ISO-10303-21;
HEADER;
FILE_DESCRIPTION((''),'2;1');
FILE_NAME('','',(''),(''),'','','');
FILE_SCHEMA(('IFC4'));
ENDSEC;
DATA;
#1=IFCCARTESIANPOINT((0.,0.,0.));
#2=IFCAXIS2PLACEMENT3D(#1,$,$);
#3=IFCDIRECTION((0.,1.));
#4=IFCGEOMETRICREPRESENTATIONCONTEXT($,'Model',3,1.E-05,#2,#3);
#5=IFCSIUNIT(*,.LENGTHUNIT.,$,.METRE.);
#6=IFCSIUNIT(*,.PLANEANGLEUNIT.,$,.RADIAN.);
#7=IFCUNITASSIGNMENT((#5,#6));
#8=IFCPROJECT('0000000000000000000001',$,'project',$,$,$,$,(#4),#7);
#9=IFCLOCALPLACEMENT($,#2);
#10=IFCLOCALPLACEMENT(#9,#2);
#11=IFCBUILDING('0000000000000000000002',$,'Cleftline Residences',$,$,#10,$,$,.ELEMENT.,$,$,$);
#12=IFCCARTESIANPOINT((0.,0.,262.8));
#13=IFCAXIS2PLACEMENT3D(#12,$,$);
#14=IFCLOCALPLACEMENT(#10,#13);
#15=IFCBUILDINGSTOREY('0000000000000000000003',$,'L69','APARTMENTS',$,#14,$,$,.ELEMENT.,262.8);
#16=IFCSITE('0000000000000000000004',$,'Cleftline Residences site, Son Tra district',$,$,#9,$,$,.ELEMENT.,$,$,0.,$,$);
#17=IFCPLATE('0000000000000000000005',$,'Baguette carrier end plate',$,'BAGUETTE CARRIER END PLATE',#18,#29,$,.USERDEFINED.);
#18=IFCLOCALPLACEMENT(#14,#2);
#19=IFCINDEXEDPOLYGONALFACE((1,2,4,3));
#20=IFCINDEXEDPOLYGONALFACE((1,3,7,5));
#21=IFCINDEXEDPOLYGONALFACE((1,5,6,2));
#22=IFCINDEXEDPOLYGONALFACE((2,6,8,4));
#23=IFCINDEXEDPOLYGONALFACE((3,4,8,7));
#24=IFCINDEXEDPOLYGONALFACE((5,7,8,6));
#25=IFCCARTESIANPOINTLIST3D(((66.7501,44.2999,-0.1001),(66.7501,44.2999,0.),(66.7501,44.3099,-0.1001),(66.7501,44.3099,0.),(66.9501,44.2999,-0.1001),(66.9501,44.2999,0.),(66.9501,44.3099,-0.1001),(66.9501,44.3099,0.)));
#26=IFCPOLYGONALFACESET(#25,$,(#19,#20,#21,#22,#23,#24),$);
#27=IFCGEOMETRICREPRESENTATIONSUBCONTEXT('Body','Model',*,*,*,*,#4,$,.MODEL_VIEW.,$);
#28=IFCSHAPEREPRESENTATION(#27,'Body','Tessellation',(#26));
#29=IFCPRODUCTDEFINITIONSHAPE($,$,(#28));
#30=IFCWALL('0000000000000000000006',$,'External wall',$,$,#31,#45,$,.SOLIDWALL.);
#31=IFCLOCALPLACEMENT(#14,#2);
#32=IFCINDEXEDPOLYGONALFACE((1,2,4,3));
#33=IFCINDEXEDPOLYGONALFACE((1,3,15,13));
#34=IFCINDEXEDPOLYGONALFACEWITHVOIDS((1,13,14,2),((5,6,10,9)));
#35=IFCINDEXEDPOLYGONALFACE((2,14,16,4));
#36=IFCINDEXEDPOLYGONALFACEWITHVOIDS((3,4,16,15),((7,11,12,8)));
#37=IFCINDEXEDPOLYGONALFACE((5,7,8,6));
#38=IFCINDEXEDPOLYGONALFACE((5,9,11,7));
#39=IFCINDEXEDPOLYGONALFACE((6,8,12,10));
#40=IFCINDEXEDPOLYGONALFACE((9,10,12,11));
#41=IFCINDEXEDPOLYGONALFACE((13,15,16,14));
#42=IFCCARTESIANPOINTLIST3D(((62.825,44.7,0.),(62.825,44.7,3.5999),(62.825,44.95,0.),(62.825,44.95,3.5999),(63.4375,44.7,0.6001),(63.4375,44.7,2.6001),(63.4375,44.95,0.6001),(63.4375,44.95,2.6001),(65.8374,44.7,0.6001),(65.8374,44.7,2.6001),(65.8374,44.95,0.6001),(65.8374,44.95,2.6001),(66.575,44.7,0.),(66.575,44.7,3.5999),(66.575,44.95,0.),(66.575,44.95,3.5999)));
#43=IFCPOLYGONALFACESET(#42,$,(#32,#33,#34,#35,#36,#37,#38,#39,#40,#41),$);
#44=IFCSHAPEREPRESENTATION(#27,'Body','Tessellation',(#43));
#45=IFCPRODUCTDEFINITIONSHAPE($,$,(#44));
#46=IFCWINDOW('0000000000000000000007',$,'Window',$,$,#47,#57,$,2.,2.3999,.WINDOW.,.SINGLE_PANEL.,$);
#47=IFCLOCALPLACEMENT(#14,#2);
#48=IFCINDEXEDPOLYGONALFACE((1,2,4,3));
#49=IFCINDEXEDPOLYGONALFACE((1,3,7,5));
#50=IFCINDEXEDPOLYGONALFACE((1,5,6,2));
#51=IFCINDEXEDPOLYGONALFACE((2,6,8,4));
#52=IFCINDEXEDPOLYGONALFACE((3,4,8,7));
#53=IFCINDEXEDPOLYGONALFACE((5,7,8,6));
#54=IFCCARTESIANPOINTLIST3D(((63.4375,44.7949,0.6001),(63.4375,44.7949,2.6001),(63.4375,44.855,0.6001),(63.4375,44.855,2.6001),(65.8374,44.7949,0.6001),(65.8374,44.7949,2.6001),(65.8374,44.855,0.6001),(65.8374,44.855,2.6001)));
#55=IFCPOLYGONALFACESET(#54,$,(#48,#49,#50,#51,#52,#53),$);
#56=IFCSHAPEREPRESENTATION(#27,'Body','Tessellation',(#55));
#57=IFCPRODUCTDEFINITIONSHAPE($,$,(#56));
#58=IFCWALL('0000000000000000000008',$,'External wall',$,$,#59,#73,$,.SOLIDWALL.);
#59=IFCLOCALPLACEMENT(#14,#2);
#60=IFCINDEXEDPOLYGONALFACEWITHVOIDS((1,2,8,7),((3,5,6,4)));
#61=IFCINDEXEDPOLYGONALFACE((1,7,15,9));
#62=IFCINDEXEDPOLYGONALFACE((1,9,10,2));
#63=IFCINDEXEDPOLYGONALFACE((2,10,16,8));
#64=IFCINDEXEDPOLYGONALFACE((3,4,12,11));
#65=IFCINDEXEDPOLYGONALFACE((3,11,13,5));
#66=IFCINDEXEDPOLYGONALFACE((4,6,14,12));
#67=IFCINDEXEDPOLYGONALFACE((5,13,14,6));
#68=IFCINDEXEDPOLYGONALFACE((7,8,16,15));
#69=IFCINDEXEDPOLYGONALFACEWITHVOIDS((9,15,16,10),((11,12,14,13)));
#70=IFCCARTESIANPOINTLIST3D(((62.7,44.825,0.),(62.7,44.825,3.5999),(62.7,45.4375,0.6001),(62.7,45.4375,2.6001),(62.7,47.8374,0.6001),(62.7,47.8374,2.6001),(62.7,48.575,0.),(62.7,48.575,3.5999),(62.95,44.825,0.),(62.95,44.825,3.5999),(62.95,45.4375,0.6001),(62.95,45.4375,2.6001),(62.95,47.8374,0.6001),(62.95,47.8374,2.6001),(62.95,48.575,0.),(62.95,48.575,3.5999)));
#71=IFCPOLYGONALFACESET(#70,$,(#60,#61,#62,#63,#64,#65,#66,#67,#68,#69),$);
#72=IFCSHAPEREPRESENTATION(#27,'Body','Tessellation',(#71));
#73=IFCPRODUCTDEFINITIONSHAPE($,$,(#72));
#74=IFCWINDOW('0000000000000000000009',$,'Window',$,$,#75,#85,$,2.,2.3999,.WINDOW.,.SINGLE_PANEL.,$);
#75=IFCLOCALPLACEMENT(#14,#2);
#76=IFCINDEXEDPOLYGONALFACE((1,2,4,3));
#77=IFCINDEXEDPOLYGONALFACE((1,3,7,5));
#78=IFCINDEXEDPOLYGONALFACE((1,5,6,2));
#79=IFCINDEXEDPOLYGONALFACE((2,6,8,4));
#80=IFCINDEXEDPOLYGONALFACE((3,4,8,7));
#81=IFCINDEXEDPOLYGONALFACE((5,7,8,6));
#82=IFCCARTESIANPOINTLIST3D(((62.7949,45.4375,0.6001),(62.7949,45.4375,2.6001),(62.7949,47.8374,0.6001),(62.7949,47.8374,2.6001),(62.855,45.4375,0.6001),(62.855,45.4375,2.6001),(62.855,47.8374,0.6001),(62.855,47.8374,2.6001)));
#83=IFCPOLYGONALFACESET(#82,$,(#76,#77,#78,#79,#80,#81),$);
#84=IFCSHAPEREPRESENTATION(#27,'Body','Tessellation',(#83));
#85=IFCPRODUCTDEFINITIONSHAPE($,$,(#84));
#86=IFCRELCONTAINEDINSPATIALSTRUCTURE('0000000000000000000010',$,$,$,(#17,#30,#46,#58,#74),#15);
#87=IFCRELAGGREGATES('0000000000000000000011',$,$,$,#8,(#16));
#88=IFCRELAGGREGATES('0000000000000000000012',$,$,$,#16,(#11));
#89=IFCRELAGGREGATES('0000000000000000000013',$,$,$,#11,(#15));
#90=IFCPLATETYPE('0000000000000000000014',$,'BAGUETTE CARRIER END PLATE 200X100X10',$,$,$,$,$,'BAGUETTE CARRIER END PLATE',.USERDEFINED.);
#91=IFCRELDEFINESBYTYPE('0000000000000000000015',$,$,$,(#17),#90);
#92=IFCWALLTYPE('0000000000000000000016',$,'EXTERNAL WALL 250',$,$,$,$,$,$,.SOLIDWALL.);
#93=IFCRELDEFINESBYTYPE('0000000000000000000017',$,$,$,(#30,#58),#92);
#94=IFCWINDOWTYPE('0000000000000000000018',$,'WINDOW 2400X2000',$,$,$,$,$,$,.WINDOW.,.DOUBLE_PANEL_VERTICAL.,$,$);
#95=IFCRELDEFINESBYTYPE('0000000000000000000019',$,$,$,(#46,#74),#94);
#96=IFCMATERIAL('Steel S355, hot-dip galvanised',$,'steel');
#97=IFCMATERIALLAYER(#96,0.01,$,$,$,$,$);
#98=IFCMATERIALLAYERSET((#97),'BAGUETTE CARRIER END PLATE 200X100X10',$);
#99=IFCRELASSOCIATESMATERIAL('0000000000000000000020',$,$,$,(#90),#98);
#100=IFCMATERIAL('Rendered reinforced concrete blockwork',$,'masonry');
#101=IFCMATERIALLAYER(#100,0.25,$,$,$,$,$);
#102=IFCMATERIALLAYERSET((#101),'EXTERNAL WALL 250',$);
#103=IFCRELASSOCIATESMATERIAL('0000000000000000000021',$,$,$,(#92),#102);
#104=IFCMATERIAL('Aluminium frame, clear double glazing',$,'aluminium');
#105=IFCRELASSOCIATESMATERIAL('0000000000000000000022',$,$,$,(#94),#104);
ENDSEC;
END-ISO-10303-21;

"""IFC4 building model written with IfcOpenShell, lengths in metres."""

from ifc_helpers import new_model, si_unit, direction, frame, frame_2d, origin, origin_2d, place, context, subcontext, project, spatial, rectangle, extrude, material, layer, layer_set, type_object, element, fill, save


model = new_model("IFC4")

# Units and contexts
model_context = context("Model", 3, precision=1e-05, world=origin(), true_north=direction((0.0, 1.0)))
body_context = subcontext(model_context, "Body", "Model", "MODEL_VIEW")
ifc_project = project(units=[si_unit("LENGTHUNIT", "METRE"), si_unit("PLANEANGLEUNIT", "RADIAN")], contexts=[model_context])

# Site, building, storey
site_placement = place(None, origin())
site = spatial("IfcSite", under=ifc_project, at=site_placement, Name="Cleftline Residences site, Son Tra district", CompositionType="ELEMENT", RefElevation=0.0)
building_placement = place(site_placement, origin())
building = spatial("IfcBuilding", under=site, at=building_placement, Name="Cleftline Residences", CompositionType="ELEMENT")
storey_placement = place(building_placement, frame((0.0, 0.0, 262.8)))
storey = spatial("IfcBuildingStorey", under=building, at=storey_placement, Name="L69", Description="APARTMENTS", CompositionType="ELEMENT", Elevation=262.8)

# Plate
ifc_material_1 = material(Name="Steel S355, hot-dip galvanised", Category="steel")
ifc_layer_1 = layer(ifc_material_1, 0.01)
ifc_layer_set_1 = layer_set([ifc_layer_1], Name="BAGUETTE CARRIER END PLATE 200X100X10")
plate_type = type_object("IfcPlateType", Name="BAGUETTE CARRIER END PLATE 200X100X10", ElementType="BAGUETTE CARRIER END PLATE", PredefinedType="USERDEFINED", material=ifc_layer_set_1)
plate_placement = place(storey_placement, frame((66.8501, 44.3049, -0.1001), z_axis=(0.0, 0.0, 1.0), x_axis=(1.0, 0.0, 0.0)))
element("IfcPlate", 1, at=plate_placement, inside=storey, type_object=plate_type, Name="Baguette carrier end plate", ObjectType="BAGUETTE CARRIER END PLATE", PredefinedType="USERDEFINED", context=body_context, shape_type="SweptSolid", body=[
    extrude(rectangle(XDim=0.2, YDim=0.01, at=origin_2d()), origin(), (0.0, 0.0, 1.0), 0.1001),
])

# Walls, openings, windows
ifc_material_2 = material(Name="Rendered reinforced concrete blockwork", Category="masonry")
ifc_layer_2 = layer(ifc_material_2, 0.25)
ifc_layer_set_2 = layer_set([ifc_layer_2], Name="EXTERNAL WALL 250")
wall_type_1 = type_object("IfcWallType", Name="EXTERNAL WALL 250", PredefinedType="SOLIDWALL", material=ifc_layer_set_2)
wall_1_placement = place(storey_placement, frame((66.575, 44.825, 0.0), z_axis=(0.0, 0.0, 1.0), x_axis=(-1.0, 0.0, 0.0)))
wall_1 = element("IfcWall", 2, at=wall_1_placement, inside=storey, type_object=wall_type_1, Name="External wall", PredefinedType="SOLIDWALL", context=body_context, shape_type="SweptSolid", body=[
    extrude(rectangle(XDim=3.75, YDim=0.25, at=frame_2d((1.875, 0.0))), origin(), (0.0, 0.0, 1.0), 3.5999),
])
opening_1_placement = place(wall_1_placement, frame((0.7375, 0.0, 0.6001)))
opening_1 = element("IfcOpeningElement", 3, at=opening_1_placement, cuts=wall_1, PredefinedType="OPENING", context=body_context, shape_type="SweptSolid", body=[
    extrude(rectangle(XDim=2.3999, YDim=2.0, at=frame_2d((1.2, 1.0))), frame((0.0, 0.135, 0.0), z_axis=(0.0, -1.0, 0.0), x_axis=(1.0, 0.0, 0.0)), (0.0, 0.0, 1.0), 0.27),
])
ifc_material_3 = material(Name="Aluminium frame, clear double glazing", Category="aluminium")
window_type_1 = type_object("IfcWindowType", Name="WINDOW 2400X2000", PartitioningType="DOUBLE_PANEL_VERTICAL", PredefinedType="WINDOW", material=ifc_material_3)
window_1_placement = place(opening_1_placement, origin())
window_1 = element("IfcWindow", 4, at=window_1_placement, inside=storey, type_object=window_type_1, Name="Window", OverallHeight=2.0, OverallWidth=2.3999, PartitioningType="SINGLE_PANEL", PredefinedType="WINDOW", context=body_context, shape_type="SweptSolid", body=[
    extrude(rectangle(XDim=2.3999, YDim=2.0, at=frame_2d((1.2, 1.0))), frame((0.0, 0.03, 0.0), z_axis=(0.0, -1.0, 0.0), x_axis=(1.0, 0.0, 0.0)), (0.0, 0.0, 1.0), 0.0601),
])
fill(opening_1, window_1)
wall_2_placement = place(storey_placement, frame((62.825, 44.825, 0.0), z_axis=(0.0, 0.0, 1.0), x_axis=(0.0, 1.0, 0.0)))
wall_2 = element("IfcWall", 5, at=wall_2_placement, inside=storey, type_object=wall_type_1, Name="External wall", PredefinedType="SOLIDWALL", context=body_context, shape_type="SweptSolid", body=[
    extrude(rectangle(XDim=3.75, YDim=0.25, at=frame_2d((1.875, 0.0))), origin(), (0.0, 0.0, 1.0), 3.5999),
])
opening_2_placement = place(wall_2_placement, frame((0.6125, 0.0, 0.6001)))
opening_2 = element("IfcOpeningElement", 6, at=opening_2_placement, cuts=wall_2, PredefinedType="OPENING", context=body_context, shape_type="SweptSolid", body=[
    extrude(rectangle(XDim=2.3999, YDim=2.0, at=frame_2d((1.2, 1.0))), frame((0.0, 0.135, 0.0), z_axis=(0.0, -1.0, 0.0), x_axis=(1.0, 0.0, 0.0)), (0.0, 0.0, 1.0), 0.27),
])
window_2_placement = place(opening_2_placement, origin())
window_2 = element("IfcWindow", 7, at=window_2_placement, inside=storey, type_object=window_type_1, Name="Window", OverallHeight=2.0, OverallWidth=2.3999, PartitioningType="SINGLE_PANEL", PredefinedType="WINDOW", context=body_context, shape_type="SweptSolid", body=[
    extrude(rectangle(XDim=2.3999, YDim=2.0, at=frame_2d((1.2, 1.0))), frame((0.0, 0.03, 0.0), z_axis=(0.0, -1.0, 0.0), x_axis=(1.0, 0.0, 0.0)), (0.0, 0.0, 1.0), 0.0601),
])
fill(opening_2, window_2)

save(model, "model.ifc")
